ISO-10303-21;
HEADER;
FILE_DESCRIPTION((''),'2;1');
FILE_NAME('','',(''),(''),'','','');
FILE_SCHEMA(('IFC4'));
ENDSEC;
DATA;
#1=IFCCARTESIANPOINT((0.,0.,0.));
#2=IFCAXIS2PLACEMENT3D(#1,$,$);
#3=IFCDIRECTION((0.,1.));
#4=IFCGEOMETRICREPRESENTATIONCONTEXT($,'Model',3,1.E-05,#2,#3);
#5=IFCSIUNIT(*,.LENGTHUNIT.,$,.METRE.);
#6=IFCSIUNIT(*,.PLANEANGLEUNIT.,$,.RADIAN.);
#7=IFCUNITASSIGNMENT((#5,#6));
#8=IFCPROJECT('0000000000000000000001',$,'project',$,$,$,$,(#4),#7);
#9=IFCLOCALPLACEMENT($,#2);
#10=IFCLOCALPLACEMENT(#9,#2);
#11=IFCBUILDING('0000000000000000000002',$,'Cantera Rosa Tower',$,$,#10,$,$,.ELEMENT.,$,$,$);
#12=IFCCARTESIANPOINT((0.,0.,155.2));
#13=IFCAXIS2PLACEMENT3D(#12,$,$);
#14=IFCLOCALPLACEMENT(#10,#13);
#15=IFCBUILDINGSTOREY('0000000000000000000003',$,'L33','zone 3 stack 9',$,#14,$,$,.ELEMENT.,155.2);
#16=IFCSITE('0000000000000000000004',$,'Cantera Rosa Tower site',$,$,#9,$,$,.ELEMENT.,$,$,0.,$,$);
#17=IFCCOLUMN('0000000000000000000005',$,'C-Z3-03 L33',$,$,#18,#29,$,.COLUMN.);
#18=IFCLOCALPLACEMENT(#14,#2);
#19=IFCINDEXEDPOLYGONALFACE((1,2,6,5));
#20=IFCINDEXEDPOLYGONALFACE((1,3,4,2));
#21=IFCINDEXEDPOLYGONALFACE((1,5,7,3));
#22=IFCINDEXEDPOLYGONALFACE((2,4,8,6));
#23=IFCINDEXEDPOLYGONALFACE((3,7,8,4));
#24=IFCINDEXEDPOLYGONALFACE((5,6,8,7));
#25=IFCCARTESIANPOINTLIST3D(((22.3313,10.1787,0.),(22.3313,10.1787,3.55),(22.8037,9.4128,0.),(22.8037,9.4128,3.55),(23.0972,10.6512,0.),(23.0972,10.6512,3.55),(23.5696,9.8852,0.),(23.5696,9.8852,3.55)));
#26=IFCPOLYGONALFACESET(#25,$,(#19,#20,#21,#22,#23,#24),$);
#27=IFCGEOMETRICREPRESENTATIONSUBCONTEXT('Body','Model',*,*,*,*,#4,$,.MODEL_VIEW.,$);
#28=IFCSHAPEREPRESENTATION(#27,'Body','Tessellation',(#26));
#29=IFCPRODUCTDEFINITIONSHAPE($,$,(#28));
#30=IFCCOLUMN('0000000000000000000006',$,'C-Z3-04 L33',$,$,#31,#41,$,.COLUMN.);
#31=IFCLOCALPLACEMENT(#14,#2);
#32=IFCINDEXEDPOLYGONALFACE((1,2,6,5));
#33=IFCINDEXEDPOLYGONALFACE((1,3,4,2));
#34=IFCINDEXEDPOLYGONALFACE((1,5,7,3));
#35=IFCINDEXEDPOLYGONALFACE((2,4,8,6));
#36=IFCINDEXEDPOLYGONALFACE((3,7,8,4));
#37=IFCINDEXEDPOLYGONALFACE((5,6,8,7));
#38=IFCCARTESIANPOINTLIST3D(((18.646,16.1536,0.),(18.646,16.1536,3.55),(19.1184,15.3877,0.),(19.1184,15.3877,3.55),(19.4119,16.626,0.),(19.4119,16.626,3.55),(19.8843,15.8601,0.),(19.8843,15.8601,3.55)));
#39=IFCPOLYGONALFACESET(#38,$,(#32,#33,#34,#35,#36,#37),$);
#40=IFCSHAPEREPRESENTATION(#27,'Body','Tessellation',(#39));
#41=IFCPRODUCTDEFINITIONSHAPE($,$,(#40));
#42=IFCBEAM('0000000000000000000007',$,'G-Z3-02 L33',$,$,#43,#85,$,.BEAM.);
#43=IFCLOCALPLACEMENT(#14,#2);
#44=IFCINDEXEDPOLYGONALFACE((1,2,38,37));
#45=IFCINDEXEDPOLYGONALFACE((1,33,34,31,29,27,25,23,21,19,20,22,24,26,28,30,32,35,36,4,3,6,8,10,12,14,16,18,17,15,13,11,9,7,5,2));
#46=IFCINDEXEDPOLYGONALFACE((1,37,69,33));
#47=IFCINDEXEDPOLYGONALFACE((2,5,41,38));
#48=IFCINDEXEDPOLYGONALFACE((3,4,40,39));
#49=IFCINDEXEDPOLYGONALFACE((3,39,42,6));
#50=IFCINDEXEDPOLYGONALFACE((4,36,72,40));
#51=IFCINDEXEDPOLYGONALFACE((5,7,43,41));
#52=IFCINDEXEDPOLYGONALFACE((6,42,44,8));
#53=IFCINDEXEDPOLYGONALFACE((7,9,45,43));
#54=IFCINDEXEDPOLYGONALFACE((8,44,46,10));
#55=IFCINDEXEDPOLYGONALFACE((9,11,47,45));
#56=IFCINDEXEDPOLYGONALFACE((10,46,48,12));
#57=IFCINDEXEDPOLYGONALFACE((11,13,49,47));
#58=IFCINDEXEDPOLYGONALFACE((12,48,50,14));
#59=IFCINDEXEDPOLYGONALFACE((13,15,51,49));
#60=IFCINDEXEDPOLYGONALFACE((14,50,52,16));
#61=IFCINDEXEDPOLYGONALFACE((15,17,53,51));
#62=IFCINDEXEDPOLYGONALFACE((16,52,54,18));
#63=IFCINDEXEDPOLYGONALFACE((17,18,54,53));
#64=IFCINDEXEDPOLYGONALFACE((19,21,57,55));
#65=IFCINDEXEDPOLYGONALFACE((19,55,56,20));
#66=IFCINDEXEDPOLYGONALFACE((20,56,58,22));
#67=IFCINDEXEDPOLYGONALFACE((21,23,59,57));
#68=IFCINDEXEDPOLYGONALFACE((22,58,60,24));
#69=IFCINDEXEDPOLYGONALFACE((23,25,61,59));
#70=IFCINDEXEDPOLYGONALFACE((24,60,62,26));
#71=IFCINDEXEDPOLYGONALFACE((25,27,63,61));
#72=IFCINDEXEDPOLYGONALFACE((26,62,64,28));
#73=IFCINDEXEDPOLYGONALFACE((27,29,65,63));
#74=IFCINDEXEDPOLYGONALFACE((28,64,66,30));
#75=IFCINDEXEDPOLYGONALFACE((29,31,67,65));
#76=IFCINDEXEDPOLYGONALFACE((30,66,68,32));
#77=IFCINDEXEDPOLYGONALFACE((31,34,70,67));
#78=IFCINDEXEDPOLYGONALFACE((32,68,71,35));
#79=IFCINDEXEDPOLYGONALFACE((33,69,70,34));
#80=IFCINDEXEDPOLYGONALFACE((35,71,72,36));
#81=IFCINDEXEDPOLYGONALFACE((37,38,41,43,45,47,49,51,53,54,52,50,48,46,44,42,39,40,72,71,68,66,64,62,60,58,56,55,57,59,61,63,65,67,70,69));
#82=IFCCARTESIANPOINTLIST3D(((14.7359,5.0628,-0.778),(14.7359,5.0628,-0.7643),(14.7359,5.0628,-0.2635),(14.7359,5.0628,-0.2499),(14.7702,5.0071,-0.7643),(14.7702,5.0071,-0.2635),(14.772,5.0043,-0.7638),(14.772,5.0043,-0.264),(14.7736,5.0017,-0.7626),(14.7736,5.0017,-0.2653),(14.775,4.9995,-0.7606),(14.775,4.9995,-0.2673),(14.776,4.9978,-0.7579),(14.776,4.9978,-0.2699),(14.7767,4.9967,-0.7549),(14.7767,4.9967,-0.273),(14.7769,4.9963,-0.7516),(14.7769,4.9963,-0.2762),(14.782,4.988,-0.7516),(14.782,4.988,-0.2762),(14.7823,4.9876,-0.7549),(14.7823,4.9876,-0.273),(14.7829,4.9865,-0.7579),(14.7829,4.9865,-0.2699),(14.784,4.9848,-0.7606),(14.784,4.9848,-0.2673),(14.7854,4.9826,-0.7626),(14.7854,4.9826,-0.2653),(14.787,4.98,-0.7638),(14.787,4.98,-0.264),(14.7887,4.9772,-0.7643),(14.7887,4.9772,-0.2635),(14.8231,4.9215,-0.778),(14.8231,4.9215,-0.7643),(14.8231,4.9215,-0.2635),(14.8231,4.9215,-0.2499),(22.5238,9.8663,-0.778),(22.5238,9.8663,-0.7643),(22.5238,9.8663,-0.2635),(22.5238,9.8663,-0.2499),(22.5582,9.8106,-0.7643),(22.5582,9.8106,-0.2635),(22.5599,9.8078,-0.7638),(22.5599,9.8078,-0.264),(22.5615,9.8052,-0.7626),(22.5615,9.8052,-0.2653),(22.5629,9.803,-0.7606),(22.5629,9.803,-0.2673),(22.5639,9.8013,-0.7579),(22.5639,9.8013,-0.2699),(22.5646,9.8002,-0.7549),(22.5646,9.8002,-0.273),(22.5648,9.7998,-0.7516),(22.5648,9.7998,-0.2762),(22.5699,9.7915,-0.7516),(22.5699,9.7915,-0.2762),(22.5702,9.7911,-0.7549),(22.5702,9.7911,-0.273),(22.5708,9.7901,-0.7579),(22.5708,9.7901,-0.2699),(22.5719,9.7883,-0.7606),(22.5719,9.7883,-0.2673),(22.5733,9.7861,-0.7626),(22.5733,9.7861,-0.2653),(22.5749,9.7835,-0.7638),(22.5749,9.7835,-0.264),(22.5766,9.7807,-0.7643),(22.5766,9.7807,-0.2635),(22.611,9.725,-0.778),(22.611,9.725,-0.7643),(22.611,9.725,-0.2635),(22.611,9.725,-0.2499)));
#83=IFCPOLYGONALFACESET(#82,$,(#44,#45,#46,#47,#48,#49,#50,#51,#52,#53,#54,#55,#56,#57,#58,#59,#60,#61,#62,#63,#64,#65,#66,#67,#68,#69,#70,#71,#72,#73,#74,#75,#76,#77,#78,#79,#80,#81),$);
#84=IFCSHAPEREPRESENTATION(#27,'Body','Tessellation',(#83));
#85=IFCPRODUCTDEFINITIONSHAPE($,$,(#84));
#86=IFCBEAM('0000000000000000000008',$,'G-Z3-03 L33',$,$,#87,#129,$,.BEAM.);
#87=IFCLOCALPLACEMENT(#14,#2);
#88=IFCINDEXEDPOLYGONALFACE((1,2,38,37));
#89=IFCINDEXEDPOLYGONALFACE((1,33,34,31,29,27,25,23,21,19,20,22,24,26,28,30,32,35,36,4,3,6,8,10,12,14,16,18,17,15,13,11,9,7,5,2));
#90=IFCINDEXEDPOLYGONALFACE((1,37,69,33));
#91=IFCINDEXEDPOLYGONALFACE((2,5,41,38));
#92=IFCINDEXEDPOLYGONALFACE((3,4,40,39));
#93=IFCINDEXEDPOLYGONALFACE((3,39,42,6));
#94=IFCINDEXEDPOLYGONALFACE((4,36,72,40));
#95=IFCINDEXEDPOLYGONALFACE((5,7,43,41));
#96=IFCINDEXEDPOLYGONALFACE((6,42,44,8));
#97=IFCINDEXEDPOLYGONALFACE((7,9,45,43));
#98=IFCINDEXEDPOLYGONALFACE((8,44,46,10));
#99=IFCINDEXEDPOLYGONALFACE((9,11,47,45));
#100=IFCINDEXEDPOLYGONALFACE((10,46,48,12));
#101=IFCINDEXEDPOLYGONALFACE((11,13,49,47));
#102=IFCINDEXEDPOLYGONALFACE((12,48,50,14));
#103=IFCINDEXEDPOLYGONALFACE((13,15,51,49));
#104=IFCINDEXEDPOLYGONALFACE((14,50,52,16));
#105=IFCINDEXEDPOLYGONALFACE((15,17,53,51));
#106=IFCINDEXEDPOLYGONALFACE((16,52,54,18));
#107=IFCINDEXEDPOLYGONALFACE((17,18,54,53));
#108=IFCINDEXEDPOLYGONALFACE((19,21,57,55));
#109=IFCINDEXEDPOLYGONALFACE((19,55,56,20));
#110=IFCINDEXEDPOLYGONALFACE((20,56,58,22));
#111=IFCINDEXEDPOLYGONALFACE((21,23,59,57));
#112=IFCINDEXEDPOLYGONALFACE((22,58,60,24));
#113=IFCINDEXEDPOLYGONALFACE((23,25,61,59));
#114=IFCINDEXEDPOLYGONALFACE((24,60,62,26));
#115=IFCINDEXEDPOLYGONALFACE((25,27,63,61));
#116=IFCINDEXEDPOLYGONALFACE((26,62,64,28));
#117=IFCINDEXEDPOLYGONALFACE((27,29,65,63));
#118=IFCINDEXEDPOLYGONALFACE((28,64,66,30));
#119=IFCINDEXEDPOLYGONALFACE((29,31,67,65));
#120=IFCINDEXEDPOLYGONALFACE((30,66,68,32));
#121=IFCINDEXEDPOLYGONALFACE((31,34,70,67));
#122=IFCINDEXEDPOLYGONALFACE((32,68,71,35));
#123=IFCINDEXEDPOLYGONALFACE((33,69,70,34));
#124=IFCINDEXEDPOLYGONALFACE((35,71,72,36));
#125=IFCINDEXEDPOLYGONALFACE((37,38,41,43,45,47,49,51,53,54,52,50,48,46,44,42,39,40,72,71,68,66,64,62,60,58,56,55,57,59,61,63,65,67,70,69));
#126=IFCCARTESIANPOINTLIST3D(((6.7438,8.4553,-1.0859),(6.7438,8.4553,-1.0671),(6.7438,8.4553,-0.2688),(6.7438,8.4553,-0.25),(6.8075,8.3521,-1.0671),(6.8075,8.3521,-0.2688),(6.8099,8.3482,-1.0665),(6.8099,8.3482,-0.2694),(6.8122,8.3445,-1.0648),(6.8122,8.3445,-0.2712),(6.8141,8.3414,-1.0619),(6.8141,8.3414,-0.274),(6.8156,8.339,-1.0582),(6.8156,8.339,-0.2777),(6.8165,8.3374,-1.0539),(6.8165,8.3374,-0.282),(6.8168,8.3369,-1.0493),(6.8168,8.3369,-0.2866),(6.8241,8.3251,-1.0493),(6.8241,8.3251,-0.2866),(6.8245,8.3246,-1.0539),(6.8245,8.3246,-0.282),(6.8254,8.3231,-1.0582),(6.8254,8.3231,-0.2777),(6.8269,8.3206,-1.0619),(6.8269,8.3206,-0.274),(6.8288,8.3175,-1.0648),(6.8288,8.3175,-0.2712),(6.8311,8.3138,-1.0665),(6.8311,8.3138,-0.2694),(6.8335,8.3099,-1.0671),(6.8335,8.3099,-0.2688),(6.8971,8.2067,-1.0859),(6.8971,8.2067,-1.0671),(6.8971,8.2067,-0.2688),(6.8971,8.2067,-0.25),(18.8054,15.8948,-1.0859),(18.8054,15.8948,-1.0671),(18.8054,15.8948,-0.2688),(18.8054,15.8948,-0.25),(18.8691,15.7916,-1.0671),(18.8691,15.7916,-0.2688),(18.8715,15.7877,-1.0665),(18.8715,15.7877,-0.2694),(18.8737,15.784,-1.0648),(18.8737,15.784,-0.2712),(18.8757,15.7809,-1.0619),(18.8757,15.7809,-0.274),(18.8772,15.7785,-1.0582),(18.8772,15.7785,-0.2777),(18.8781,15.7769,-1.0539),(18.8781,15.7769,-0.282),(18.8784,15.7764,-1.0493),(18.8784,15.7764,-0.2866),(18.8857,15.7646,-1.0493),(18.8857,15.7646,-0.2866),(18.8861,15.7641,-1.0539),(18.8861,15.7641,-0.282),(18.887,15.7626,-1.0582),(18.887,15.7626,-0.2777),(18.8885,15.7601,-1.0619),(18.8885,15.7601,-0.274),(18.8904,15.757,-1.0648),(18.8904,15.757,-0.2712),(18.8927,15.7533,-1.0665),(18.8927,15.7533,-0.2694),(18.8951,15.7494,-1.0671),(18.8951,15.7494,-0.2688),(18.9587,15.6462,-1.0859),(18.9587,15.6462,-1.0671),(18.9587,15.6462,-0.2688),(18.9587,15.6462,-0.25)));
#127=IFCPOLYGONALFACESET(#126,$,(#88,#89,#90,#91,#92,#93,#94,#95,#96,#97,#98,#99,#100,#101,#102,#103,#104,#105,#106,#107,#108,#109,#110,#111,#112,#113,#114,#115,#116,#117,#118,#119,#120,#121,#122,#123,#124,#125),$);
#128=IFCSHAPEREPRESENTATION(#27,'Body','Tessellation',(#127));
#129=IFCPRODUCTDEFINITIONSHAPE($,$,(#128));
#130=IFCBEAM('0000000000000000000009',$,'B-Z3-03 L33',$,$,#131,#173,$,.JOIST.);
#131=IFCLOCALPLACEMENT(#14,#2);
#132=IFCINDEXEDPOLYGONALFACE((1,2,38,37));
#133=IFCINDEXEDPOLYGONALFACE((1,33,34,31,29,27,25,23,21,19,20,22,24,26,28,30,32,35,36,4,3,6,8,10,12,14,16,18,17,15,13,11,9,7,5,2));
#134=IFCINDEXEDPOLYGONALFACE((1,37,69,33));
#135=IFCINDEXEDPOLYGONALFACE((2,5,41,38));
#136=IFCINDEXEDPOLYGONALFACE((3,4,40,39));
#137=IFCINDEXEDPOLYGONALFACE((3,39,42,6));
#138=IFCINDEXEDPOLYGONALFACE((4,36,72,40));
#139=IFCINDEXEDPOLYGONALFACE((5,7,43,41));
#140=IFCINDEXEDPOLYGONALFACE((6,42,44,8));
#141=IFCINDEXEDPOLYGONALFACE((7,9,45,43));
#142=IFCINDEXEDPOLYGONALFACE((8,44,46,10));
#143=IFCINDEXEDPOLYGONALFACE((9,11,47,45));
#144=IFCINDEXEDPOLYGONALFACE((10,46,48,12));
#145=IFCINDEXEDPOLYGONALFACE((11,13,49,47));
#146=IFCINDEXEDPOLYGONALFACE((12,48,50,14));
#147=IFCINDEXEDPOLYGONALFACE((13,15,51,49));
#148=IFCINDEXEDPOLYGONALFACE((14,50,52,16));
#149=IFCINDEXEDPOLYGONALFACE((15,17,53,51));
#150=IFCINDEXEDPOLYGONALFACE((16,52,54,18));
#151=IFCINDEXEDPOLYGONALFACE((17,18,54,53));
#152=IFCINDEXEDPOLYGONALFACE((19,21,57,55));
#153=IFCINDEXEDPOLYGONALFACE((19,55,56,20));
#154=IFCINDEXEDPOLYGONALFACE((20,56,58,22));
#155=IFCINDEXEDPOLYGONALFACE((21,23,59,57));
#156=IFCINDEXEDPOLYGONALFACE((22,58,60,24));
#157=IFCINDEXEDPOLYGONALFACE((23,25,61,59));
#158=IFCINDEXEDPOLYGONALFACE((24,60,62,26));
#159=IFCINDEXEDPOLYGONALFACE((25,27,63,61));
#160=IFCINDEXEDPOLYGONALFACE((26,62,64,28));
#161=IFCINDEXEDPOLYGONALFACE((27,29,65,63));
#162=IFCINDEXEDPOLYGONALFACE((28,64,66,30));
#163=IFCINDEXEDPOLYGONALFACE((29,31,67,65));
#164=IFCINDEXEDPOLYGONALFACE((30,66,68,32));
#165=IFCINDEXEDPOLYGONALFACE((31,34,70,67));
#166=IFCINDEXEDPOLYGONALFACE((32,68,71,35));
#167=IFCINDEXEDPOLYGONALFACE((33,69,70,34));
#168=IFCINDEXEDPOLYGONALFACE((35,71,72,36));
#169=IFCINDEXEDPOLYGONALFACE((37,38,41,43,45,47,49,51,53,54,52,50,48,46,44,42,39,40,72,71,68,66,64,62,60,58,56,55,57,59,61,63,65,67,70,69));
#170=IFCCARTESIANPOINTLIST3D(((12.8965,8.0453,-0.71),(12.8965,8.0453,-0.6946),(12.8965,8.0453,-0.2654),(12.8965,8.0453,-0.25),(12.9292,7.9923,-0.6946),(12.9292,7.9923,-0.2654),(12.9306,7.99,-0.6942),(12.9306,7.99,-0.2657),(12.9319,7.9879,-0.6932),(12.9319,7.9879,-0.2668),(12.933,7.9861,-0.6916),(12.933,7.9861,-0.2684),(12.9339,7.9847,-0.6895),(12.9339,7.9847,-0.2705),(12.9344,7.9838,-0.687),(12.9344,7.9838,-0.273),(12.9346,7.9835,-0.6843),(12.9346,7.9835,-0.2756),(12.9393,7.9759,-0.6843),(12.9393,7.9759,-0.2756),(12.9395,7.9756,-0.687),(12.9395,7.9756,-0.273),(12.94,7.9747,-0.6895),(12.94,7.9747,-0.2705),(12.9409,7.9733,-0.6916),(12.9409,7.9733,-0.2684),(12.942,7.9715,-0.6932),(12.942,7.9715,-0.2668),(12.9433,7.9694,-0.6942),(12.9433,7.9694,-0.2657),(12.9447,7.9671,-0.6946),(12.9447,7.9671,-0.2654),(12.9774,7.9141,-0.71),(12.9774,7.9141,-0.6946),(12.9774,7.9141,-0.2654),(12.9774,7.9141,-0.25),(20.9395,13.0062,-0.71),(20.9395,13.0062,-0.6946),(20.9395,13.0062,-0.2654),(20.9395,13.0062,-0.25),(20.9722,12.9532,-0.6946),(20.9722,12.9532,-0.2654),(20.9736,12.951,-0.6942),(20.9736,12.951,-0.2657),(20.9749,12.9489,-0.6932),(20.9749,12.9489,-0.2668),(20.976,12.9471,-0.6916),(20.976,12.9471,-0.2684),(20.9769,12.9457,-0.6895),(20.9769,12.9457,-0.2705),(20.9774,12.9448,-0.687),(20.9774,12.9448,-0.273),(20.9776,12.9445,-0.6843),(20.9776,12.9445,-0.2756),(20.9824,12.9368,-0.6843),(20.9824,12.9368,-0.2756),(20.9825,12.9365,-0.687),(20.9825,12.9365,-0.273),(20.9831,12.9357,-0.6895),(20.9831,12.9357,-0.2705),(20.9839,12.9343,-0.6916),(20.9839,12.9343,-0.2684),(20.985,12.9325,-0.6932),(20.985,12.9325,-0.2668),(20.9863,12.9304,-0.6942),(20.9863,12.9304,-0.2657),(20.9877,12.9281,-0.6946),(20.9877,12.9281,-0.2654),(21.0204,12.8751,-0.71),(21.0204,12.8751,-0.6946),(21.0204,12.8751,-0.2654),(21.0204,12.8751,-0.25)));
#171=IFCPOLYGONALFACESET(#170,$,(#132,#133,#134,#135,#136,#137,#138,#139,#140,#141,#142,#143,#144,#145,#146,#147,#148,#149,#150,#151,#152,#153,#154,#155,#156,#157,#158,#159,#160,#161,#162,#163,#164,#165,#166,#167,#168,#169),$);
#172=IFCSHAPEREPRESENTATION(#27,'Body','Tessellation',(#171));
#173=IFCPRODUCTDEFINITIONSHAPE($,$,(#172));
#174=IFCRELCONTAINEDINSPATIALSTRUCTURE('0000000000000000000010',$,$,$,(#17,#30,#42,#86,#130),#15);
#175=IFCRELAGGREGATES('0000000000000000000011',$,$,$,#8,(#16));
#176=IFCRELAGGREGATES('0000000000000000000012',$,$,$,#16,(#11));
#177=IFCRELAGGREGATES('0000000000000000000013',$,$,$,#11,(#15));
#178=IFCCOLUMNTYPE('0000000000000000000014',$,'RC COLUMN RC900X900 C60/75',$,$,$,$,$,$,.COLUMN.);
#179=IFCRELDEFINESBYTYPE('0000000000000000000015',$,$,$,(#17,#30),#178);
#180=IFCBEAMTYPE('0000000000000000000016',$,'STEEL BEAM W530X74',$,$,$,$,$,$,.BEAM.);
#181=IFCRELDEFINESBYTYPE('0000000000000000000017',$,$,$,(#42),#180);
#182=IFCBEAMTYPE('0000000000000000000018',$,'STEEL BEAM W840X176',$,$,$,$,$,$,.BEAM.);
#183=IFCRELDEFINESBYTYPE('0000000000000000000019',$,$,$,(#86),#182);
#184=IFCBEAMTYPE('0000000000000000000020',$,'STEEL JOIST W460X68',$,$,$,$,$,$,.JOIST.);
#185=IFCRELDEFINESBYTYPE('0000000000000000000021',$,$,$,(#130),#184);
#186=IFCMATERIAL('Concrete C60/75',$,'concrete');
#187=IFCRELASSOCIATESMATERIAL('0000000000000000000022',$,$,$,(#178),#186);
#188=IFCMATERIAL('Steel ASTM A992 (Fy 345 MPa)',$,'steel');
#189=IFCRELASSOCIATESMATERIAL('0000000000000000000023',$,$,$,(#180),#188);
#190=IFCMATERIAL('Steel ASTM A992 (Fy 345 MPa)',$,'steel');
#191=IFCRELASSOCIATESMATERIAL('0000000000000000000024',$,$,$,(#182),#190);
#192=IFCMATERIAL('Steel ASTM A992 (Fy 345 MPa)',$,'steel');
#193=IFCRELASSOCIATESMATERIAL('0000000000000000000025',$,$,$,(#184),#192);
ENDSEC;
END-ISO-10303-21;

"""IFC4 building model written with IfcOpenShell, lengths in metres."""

from ifc_helpers import new_model, si_unit, direction, frame, origin, origin_2d, place, context, subcontext, project, spatial, rectangle, i_section, extrude, material, material_profile, profile_set, type_object, element, save


model = new_model("IFC4")

# Units and contexts
model_context = context("Model", 3, precision=1e-05, world=origin(), true_north=direction((0.0, 1.0)))
body_context = subcontext(model_context, "Body", "Model", "MODEL_VIEW")
ifc_project = project(units=[si_unit("LENGTHUNIT", "METRE"), si_unit("PLANEANGLEUNIT", "RADIAN")], contexts=[model_context])

# Site, building, storey
site_placement = place(None, origin())
site = spatial("IfcSite", under=ifc_project, at=site_placement, Name="Cantera Rosa Tower site", CompositionType="ELEMENT", RefElevation=0.0)
building_placement = place(site_placement, origin())
building = spatial("IfcBuilding", under=site, at=building_placement, Name="Cantera Rosa Tower", CompositionType="ELEMENT")
storey_placement = place(building_placement, frame((0.0, 0.0, 155.2)))
storey = spatial("IfcBuildingStorey", under=building, at=storey_placement, Name="L33", Description="zone 3 stack 9", CompositionType="ELEMENT", Elevation=155.2)

# Columns
ifc_material_1 = material(Name="Concrete C60/75", Category="concrete")
ifc_material_profile_1 = material_profile(ifc_material_1, rectangle(XDim=0.8999, YDim=0.8999, at=origin_2d()), Name="RC COLUMN RC900X900 C60/75")
ifc_profile_set_1 = profile_set([ifc_material_profile_1], Name="Concrete C60/75")
column_type = type_object("IfcColumnType", Name="RC COLUMN RC900X900 C60/75", PredefinedType="COLUMN", material=ifc_profile_set_1)
for number, where, z_axis, x_axis, name in (
    (1, (22.9504, 10.032, 0.0), (0.0, 0.0, 1.0), (0.851117, 0.524977, 0.0), "C-Z3-03 L33"),
    (2, (19.2651, 16.0068, 0.0), (0.0, 0.0, 1.0), (0.851117, 0.524977, 0.0), "C-Z3-04 L33"),
):
    element("IfcColumn", number, at=place(storey_placement, frame(where, z_axis=z_axis, x_axis=x_axis)), inside=storey, type_object=column_type, Name=name, PredefinedType="COLUMN", context=body_context, shape_type="SweptSolid", body=[
        extrude(rectangle(XDim=0.8999, YDim=0.8999, at=origin_2d()), origin(), (0.0, 0.0, 1.0), 3.55),
    ])

# Beams
ifc_material_2 = material(Name="Steel ASTM A992 (Fy 345 MPa)", Category="steel")
ifc_material_profile_2 = material_profile(ifc_material_2, i_section(OverallWidth=0.166, OverallDepth=0.5281, WebThickness=0.0098, FlangeThickness=0.0137, FilletRadius=0.0127, at=origin_2d()), Name="W530X74")
ifc_profile_set_2 = profile_set([ifc_material_profile_2], Name="Steel ASTM A992 (Fy 345 MPa)")
beam_type_1 = type_object("IfcBeamType", Name="STEEL BEAM W530X74", PredefinedType="BEAM", material=ifc_profile_set_2)
beam_1_placement = place(storey_placement, frame((22.5674, 9.7957, -0.5139), z_axis=(-0.851124, -0.524965, 0.0), x_axis=(0.524965, -0.851124, 0.0)))
element("IfcBeam", 3, at=beam_1_placement, inside=storey, type_object=beam_type_1, Name="G-Z3-02 L33", PredefinedType="BEAM", context=body_context, shape_type="SweptSolid", body=[
    extrude(i_section(OverallWidth=0.166, OverallDepth=0.5281, WebThickness=0.0098, FlangeThickness=0.0137, FilletRadius=0.0127, at=origin_2d()), origin(), (0.0, 0.0, 1.0), 9.1501),
])
ifc_material_3 = material(Name="Steel ASTM A992 (Fy 345 MPa)", Category="steel")
ifc_material_profile_3 = material_profile(ifc_material_3, i_section(OverallWidth=0.292, OverallDepth=0.8359, WebThickness=0.0139, FlangeThickness=0.0188, FilletRadius=0.0178, at=origin_2d()), Name="W840X176")
ifc_profile_set_3 = profile_set([ifc_material_profile_3], Name="Steel ASTM A992 (Fy 345 MPa)")
beam_type_2 = type_object("IfcBeamType", Name="STEEL BEAM W840X176", PredefinedType="BEAM", material=ifc_profile_set_3)
beam_2_placement = place(storey_placement, frame((18.8821, 15.7705, -0.668), z_axis=(-0.851123, -0.524966, 0.0), x_axis=(0.524966, -0.851123, 0.0)))
element("IfcBeam", 4, at=beam_2_placement, inside=storey, type_object=beam_type_2, Name="G-Z3-03 L33", PredefinedType="BEAM", context=body_context, shape_type="SweptSolid", body=[
    extrude(i_section(OverallWidth=0.292, OverallDepth=0.8359, WebThickness=0.0139, FlangeThickness=0.0188, FilletRadius=0.0178, at=origin_2d()), origin(), (0.0, 0.0, 1.0), 14.1714),
])
ifc_material_4 = material(Name="Steel ASTM A992 (Fy 345 MPa)", Category="steel")
ifc_material_profile_4 = material_profile(ifc_material_4, i_section(OverallWidth=0.1541, OverallDepth=0.46, WebThickness=0.009, FlangeThickness=0.0154, FilletRadius=0.0103, at=origin_2d()), Name="W460X68")
ifc_profile_set_4 = profile_set([ifc_material_profile_4], Name="Steel ASTM A992 (Fy 345 MPa)")
beam_type_3 = type_object("IfcBeamType", Name="STEEL JOIST W460X68", PredefinedType="JOIST", material=ifc_profile_set_4)
beam_3_placement = place(storey_placement, frame((20.98, 12.9407, -0.48), z_axis=(-0.851119, -0.524974, 0.0), x_axis=(0.524974, -0.851119, 0.0)))
element("IfcBeam", 5, at=beam_3_placement, inside=storey, type_object=beam_type_3, Name="B-Z3-03 L33", PredefinedType="JOIST", context=body_context, shape_type="SweptSolid", body=[
    extrude(i_section(OverallWidth=0.1541, OverallDepth=0.46, WebThickness=0.009, FlangeThickness=0.0154, FilletRadius=0.0103, at=origin_2d()), origin(), (0.0, 0.0, 1.0), 9.45),
])

save(model, "model.ifc")
